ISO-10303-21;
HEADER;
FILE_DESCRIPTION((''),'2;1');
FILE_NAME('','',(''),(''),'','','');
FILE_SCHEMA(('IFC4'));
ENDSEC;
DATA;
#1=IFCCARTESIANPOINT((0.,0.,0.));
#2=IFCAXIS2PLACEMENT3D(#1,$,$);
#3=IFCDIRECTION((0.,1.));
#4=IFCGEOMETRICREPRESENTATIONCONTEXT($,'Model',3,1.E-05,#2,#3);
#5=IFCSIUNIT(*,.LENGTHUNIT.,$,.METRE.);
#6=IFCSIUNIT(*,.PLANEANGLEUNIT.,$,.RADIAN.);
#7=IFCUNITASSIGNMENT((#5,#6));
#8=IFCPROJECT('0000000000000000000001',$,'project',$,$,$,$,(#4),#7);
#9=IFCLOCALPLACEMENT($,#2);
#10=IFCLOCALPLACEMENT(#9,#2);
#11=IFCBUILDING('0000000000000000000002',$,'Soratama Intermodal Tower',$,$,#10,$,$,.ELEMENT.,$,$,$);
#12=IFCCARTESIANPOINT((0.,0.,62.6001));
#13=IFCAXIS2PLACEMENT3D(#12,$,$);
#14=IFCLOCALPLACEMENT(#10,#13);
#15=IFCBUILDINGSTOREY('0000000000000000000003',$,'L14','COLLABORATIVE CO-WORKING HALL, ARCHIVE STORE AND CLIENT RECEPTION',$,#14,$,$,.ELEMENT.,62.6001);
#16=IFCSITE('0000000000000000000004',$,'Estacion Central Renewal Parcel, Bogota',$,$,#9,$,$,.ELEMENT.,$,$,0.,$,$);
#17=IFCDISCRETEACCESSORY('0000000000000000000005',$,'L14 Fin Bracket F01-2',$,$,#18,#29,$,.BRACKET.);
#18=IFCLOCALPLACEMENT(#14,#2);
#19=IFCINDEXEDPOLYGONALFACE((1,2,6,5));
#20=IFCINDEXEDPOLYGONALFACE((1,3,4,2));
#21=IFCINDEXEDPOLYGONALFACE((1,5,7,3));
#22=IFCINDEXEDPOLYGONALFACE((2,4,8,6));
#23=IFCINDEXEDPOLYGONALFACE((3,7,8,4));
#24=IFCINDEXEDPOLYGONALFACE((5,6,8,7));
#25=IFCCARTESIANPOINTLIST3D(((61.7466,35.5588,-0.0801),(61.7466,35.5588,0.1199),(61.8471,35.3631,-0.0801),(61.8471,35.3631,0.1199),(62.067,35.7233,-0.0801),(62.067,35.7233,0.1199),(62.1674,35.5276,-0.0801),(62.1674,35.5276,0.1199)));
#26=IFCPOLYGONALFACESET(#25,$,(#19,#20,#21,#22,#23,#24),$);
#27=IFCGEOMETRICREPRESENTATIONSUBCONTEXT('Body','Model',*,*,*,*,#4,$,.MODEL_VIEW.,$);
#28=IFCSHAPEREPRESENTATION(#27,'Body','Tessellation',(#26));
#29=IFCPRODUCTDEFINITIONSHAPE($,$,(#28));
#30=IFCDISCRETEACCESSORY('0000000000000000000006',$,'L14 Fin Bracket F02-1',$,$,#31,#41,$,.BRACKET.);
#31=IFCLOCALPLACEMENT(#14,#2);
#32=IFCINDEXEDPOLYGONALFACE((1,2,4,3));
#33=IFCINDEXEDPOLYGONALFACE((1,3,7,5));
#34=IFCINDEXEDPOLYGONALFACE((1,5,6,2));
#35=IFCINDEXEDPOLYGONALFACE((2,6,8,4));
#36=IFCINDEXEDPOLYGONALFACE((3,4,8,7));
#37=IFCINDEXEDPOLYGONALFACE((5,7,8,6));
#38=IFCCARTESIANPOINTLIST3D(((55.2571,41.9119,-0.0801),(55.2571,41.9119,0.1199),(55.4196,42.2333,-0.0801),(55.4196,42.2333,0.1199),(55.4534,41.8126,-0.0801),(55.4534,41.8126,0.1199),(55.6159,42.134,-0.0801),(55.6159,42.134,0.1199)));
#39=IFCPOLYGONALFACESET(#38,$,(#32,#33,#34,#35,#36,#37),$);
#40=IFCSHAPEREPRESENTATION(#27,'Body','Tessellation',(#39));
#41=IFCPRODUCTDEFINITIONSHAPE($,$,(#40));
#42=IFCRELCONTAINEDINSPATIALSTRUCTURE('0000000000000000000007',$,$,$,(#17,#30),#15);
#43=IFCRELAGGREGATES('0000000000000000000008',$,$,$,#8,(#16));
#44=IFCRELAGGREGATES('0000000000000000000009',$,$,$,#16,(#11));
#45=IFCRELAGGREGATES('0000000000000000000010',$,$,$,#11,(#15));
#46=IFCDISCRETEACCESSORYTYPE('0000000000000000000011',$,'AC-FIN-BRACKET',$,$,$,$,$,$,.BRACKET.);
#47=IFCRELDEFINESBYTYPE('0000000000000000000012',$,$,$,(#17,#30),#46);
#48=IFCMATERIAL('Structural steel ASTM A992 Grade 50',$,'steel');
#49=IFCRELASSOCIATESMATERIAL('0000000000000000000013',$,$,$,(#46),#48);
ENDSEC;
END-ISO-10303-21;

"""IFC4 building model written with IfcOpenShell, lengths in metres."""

from ifc_helpers import new_model, si_unit, direction, frame, origin, origin_2d, place, context, subcontext, project, spatial, rectangle, extrude, material, type_object, element, save


model = new_model("IFC4")

# Units and contexts
model_context = context("Model", 3, precision=1e-05, world=origin(), true_north=direction((0.0, 1.0)))
body_context = subcontext(model_context, "Body", "Model", "MODEL_VIEW")
ifc_project = project(units=[si_unit("LENGTHUNIT", "METRE"), si_unit("PLANEANGLEUNIT", "RADIAN")], contexts=[model_context])

# Site, building, storey
site_placement = place(None, origin())
site = spatial("IfcSite", under=ifc_project, at=site_placement, Name="Estacion Central Renewal Parcel, Bogota", CompositionType="ELEMENT", RefElevation=0.0)
building_placement = place(site_placement, origin())
building = spatial("IfcBuilding", under=site, at=building_placement, Name="Soratama Intermodal Tower", CompositionType="ELEMENT")
storey_placement = place(building_placement, frame((0.0, 0.0, 62.6001)))
storey = spatial("IfcBuildingStorey", under=building, at=storey_placement, Name="L14", Description="COLLABORATIVE CO-WORKING HALL, ARCHIVE STORE AND CLIENT RECEPTION", CompositionType="ELEMENT", Elevation=62.6001)

# Discrete accessories
ifc_material_1 = material(Name="Structural steel ASTM A992 Grade 50", Category="steel")
discrete_accessory_type = type_object("IfcDiscreteAccessoryType", Name="AC-FIN-BRACKET", PredefinedType="BRACKET", material=ifc_material_1)
for number, where, z_axis, x_axis, name in (
    (1, (61.957, 35.5432, -0.0801), (0.0, 0.0, 1.0), (0.889576, 0.456787, 0.0), "L14 Fin Bracket F01-2"),
    (2, (55.4365, 42.0229, -0.0801), (0.0, 0.0, 1.0), (0.451189, 0.892428, 0.0), "L14 Fin Bracket F02-1"),
):
    element("IfcDiscreteAccessory", number, at=place(storey_placement, frame(where, z_axis=z_axis, x_axis=x_axis)), inside=storey, type_object=discrete_accessory_type, Name=name, PredefinedType="BRACKET", context=body_context, shape_type="SweptSolid", body=[
        extrude(rectangle(XDim=0.3601, YDim=0.22, at=origin_2d()), origin(), (0.0, 0.0, 1.0), 0.2),
    ])

save(model, "model.ifc")
